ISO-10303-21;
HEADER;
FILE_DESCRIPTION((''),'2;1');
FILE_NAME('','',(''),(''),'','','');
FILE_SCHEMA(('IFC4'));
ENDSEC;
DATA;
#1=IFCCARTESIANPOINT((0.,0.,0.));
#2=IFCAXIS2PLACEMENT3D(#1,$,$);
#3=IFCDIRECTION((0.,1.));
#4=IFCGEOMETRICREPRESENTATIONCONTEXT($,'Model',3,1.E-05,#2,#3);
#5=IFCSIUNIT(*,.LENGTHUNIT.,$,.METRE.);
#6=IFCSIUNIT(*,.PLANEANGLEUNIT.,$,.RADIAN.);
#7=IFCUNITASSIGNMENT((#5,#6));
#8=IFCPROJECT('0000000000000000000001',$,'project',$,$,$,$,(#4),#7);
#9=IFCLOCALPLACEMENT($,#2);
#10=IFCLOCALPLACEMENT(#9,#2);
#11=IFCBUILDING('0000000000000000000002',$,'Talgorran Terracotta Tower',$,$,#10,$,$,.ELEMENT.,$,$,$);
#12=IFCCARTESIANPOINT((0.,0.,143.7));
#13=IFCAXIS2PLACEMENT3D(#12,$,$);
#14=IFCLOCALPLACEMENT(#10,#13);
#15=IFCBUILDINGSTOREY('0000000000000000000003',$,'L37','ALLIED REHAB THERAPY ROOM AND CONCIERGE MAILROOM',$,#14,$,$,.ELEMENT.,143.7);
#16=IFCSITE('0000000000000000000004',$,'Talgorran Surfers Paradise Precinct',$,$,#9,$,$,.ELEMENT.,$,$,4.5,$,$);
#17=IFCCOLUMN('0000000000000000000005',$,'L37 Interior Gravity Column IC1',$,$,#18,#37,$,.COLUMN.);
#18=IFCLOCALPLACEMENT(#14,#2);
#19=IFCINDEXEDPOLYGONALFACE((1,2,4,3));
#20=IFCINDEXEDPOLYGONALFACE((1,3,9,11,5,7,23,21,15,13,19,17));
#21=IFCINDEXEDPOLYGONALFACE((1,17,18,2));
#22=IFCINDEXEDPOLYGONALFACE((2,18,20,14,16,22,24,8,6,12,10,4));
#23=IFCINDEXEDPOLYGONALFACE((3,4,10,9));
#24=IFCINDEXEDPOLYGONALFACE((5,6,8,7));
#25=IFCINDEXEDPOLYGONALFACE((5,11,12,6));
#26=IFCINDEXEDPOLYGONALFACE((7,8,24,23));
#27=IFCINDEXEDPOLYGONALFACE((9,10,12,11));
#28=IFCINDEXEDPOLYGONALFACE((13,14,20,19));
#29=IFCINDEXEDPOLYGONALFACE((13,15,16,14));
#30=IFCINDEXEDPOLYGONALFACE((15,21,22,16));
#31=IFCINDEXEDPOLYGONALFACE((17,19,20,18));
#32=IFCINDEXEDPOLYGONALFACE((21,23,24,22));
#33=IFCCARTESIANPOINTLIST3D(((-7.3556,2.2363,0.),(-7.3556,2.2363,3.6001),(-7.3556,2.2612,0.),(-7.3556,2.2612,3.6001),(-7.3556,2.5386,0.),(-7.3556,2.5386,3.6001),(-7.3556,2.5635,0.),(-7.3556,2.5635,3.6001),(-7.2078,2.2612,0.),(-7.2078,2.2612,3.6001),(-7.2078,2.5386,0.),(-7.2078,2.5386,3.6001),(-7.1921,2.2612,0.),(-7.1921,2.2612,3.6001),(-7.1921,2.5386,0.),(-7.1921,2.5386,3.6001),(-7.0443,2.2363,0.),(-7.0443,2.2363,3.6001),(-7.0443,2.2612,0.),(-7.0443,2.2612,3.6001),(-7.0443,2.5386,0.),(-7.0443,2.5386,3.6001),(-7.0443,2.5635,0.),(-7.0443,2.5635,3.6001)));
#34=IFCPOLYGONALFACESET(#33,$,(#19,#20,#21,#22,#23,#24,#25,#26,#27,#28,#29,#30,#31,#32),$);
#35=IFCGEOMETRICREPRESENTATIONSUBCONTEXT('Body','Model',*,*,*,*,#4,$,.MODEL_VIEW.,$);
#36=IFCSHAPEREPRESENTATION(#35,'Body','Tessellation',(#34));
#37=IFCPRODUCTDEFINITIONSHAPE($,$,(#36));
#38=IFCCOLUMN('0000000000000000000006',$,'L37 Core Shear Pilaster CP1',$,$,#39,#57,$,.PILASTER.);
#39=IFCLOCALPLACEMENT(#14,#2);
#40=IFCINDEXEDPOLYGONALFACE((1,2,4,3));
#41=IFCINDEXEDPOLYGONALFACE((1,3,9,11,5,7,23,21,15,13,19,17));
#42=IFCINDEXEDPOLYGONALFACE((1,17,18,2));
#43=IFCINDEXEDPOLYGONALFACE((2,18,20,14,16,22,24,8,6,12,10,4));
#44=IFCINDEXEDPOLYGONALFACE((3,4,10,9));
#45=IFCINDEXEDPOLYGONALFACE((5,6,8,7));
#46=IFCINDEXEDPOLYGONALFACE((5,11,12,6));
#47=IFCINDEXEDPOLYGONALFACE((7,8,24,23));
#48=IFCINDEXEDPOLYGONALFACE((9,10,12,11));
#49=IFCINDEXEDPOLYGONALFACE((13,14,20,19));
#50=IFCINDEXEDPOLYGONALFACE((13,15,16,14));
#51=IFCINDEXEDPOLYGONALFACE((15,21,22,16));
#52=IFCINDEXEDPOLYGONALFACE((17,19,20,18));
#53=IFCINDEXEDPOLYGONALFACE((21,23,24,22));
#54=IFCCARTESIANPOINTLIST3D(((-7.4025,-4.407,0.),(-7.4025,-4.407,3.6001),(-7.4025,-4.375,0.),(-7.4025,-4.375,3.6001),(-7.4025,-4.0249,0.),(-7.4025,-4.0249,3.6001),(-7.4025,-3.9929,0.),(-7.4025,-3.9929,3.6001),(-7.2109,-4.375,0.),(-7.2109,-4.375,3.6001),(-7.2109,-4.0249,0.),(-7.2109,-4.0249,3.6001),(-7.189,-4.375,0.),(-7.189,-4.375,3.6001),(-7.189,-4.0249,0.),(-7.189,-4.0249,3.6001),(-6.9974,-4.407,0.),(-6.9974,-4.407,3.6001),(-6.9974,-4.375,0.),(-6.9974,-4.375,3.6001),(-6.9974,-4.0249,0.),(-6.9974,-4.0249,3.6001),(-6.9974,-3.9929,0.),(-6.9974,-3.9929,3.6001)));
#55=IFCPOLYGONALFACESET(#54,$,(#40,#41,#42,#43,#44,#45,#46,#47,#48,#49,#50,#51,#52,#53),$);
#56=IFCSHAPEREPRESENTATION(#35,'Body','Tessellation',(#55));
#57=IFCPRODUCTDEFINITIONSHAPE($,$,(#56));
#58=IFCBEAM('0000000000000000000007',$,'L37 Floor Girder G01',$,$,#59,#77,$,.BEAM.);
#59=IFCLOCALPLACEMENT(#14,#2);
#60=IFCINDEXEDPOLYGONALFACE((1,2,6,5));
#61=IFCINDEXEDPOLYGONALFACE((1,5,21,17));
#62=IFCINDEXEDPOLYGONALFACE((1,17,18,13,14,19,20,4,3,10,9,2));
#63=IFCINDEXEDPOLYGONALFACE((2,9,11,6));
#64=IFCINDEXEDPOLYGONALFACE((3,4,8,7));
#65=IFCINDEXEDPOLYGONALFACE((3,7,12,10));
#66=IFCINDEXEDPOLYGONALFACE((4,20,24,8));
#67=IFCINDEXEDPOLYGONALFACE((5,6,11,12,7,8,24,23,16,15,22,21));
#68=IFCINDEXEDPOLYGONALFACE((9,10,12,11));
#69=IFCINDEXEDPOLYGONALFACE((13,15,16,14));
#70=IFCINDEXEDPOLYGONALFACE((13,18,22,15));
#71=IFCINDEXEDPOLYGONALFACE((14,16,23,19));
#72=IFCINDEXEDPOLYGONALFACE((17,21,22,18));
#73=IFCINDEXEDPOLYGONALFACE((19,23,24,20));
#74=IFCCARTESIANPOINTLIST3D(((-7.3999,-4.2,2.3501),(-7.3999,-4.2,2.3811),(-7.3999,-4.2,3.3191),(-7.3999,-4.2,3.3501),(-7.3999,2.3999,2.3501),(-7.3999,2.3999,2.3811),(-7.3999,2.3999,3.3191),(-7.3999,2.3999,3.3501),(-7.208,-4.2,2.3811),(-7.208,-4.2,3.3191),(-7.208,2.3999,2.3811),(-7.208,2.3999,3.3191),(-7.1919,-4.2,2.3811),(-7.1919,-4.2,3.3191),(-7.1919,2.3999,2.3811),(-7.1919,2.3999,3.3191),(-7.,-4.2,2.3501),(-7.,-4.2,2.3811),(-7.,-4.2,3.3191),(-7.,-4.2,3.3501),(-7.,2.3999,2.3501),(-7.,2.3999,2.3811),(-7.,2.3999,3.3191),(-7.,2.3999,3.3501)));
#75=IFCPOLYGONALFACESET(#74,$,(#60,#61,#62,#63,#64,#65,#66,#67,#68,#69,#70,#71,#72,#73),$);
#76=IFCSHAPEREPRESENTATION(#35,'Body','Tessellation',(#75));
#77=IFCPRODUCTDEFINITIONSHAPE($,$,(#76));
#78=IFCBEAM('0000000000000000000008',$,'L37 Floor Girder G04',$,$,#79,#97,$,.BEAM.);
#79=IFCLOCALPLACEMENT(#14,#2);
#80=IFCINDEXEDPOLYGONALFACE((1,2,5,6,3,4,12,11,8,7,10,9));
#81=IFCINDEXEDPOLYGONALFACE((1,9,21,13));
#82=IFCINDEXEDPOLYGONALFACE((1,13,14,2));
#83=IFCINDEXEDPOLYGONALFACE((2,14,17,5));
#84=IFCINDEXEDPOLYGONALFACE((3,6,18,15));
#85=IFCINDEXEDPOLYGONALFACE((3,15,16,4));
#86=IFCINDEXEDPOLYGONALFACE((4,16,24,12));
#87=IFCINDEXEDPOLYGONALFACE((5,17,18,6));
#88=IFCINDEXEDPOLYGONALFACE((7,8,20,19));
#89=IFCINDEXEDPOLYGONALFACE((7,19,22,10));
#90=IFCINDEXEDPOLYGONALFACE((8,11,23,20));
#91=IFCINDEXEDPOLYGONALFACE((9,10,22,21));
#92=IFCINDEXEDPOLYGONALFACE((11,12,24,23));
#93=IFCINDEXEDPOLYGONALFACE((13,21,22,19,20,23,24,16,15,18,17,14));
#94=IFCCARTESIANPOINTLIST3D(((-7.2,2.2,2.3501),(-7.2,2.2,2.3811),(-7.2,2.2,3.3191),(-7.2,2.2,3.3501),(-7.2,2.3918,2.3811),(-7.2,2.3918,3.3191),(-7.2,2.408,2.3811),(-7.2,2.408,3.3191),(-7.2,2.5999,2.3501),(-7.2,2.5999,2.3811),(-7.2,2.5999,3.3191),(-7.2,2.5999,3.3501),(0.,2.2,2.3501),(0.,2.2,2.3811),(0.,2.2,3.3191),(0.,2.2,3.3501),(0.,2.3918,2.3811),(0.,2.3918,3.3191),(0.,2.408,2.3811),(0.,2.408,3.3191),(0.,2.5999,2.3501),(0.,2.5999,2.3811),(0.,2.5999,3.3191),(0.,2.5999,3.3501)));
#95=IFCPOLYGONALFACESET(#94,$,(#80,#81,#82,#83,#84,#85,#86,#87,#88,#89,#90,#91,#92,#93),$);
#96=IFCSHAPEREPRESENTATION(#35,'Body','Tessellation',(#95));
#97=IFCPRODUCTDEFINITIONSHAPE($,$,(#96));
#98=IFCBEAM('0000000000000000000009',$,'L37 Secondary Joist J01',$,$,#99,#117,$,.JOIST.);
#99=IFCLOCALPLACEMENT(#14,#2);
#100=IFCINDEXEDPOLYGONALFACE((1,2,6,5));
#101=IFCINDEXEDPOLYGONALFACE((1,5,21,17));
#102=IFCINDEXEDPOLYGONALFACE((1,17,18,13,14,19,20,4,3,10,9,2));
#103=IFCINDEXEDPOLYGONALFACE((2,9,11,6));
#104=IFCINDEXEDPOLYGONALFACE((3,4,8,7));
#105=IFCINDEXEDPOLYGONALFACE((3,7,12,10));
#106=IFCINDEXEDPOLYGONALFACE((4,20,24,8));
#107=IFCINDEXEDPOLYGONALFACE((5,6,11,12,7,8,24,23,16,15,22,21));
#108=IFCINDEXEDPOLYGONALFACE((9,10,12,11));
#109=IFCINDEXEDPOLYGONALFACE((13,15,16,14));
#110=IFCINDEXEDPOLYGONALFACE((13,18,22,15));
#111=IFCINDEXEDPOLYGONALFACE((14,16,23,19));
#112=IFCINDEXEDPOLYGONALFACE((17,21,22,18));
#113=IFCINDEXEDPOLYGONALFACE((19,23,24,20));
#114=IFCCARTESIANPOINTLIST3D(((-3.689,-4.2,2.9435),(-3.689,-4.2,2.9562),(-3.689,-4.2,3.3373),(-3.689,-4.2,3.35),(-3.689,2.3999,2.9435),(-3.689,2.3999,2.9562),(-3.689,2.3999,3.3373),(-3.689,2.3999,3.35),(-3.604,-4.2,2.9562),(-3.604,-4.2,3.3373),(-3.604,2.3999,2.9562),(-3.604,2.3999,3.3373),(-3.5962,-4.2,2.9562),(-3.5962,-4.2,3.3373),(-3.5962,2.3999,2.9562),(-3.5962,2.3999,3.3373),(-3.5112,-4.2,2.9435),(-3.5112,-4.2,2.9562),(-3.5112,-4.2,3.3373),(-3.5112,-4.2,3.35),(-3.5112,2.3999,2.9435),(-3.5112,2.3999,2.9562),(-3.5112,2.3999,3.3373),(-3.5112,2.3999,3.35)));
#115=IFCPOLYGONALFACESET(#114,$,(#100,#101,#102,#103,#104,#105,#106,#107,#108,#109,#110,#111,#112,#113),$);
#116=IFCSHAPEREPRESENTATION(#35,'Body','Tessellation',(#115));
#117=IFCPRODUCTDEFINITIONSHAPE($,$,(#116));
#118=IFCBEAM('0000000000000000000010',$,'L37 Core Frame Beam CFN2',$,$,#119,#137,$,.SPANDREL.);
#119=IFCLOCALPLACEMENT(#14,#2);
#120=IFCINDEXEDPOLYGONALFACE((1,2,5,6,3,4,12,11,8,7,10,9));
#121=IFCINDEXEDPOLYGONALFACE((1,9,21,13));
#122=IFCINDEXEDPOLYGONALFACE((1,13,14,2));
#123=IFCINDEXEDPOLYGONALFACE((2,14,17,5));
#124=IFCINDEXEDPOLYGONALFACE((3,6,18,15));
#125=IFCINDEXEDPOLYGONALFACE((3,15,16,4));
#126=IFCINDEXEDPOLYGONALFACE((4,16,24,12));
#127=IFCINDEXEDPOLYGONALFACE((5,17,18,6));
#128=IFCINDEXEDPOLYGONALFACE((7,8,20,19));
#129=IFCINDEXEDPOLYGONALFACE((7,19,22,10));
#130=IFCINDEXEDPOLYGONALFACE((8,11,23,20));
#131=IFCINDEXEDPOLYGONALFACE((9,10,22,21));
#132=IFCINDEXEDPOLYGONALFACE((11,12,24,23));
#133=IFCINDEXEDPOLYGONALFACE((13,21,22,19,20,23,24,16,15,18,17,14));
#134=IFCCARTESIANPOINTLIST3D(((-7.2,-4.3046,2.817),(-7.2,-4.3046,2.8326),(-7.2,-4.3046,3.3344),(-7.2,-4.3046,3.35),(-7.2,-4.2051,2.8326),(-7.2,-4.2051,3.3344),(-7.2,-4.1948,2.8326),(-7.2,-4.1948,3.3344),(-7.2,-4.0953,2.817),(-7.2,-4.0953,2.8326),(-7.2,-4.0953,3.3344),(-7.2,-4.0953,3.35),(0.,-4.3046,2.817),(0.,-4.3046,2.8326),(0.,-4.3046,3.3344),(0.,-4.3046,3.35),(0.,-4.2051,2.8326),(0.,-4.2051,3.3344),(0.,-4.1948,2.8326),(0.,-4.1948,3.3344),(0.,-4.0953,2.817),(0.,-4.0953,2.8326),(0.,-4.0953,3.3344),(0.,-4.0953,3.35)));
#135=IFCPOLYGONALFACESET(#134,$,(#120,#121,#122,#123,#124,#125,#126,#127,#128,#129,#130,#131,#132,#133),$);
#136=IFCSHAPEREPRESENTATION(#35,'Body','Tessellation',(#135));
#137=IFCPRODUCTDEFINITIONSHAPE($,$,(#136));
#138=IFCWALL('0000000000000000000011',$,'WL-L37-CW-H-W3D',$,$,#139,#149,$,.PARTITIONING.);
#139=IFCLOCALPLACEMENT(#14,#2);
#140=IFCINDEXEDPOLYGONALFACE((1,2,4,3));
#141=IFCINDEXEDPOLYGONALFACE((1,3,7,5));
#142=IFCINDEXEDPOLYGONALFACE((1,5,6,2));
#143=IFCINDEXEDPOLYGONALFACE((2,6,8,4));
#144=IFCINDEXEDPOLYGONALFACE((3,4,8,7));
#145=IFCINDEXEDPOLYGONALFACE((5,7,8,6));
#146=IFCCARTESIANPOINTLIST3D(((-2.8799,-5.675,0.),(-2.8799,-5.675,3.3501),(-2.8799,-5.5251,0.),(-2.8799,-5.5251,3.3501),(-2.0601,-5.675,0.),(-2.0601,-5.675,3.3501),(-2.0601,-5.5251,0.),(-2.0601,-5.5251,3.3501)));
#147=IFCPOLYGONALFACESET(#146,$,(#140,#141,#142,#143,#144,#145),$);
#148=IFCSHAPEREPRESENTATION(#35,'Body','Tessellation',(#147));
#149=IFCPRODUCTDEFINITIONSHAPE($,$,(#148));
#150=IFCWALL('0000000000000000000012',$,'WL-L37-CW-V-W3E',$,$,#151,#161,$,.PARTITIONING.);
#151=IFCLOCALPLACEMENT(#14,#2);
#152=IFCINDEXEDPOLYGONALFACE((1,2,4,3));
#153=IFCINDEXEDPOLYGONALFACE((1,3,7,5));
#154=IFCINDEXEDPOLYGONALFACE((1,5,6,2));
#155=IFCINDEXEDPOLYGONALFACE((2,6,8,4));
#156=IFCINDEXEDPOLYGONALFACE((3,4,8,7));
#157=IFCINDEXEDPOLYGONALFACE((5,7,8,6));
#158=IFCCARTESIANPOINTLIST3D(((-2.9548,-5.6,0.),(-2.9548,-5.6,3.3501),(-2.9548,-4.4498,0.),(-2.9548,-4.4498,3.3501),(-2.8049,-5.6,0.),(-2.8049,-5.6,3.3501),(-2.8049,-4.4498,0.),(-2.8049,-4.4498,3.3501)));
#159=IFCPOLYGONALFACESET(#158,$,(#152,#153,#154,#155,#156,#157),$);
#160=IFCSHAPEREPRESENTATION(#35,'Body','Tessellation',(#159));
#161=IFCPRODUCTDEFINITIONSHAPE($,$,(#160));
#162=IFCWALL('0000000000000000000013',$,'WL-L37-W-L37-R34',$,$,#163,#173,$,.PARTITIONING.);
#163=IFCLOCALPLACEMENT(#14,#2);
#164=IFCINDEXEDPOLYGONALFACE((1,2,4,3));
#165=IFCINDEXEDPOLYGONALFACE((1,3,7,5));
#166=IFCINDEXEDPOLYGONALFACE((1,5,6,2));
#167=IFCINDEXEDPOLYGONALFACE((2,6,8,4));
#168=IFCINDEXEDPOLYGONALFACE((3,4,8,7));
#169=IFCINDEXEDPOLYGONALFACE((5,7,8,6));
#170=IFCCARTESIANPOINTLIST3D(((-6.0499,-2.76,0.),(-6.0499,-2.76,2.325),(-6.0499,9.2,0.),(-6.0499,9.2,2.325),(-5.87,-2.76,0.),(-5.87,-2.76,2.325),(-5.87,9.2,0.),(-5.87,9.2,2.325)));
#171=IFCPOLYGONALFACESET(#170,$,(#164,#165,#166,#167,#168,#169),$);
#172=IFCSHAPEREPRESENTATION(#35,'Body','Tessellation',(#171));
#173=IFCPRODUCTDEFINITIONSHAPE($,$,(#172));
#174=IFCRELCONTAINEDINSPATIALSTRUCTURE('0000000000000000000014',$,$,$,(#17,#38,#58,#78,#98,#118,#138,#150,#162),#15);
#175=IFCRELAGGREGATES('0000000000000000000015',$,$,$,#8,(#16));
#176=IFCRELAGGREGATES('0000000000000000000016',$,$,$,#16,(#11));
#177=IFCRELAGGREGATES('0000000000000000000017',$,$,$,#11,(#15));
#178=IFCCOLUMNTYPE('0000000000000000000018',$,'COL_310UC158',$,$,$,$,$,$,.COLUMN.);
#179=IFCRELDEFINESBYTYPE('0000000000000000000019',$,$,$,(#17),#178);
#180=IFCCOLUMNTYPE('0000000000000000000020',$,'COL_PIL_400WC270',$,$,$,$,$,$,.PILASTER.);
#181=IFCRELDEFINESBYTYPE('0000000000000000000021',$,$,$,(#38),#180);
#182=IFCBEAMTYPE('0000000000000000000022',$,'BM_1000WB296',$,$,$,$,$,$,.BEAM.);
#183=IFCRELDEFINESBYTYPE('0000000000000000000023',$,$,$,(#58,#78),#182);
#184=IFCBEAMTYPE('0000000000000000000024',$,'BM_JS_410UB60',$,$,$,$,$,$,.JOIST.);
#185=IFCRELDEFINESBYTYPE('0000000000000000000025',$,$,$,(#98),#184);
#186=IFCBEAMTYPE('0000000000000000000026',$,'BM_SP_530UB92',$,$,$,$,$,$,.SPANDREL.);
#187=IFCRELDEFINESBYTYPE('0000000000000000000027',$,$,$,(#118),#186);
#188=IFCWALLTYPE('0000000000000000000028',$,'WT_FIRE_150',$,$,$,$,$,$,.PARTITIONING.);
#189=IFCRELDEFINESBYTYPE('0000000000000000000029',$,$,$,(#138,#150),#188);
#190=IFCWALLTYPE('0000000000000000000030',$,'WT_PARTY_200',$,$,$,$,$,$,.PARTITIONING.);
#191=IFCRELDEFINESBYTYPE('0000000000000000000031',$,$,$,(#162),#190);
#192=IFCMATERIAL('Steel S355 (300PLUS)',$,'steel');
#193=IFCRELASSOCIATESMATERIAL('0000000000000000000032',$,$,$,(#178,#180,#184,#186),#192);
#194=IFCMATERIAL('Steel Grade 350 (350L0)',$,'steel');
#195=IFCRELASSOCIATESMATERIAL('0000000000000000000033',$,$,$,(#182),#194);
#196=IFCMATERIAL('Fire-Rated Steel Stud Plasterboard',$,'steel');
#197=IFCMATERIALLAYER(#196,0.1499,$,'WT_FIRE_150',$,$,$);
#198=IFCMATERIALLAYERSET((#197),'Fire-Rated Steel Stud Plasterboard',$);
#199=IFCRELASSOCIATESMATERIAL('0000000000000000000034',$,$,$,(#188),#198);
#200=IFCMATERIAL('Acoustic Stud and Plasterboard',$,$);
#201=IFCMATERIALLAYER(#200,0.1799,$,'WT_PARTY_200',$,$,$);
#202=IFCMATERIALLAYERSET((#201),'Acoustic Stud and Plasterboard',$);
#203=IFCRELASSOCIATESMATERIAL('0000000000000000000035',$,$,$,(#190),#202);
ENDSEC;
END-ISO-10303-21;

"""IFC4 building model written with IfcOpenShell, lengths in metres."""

from ifc_helpers import new_model, si_unit, direction, frame, frame_2d, origin, origin_2d, place, context, subcontext, project, spatial, rectangle, i_section, extrude, material, layer, layer_set, material_profile, profile_set, type_object, element, save


model = new_model("IFC4")

# Units and contexts
model_context = context("Model", 3, precision=1e-05, world=origin(), true_north=direction((0.0, 1.0)))
body_context = subcontext(model_context, "Body", "Model", "MODEL_VIEW")
ifc_project = project(units=[si_unit("LENGTHUNIT", "METRE"), si_unit("PLANEANGLEUNIT", "RADIAN")], contexts=[model_context])

# Site, building, storey
site_placement = place(None, origin())
site = spatial("IfcSite", under=ifc_project, at=site_placement, Name="Talgorran Surfers Paradise Precinct", CompositionType="ELEMENT", RefElevation=4.5)
building_placement = place(site_placement, origin())
building = spatial("IfcBuilding", under=site, at=building_placement, Name="Talgorran Terracotta Tower", CompositionType="ELEMENT")
storey_placement = place(building_placement, frame((0.0, 0.0, 143.7)))
storey = spatial("IfcBuildingStorey", under=building, at=storey_placement, Name="L37", Description="ALLIED REHAB THERAPY ROOM AND CONCIERGE MAILROOM", CompositionType="ELEMENT", Elevation=143.7)

# Columns
ifc_material_1 = material(Name="Steel S355 (300PLUS)", Category="steel")
ifc_material_profile_1 = material_profile(ifc_material_1, i_section(OverallWidth=0.3113, OverallDepth=0.3271, WebThickness=0.0156, FlangeThickness=0.0249, at=origin_2d()), Name="310UC158")
ifc_profile_set_1 = profile_set([ifc_material_profile_1], Name="Steel S355 (300PLUS)")
column_type_1 = type_object("IfcColumnType", Name="COL_310UC158", PredefinedType="COLUMN", material=ifc_profile_set_1)
column_1_placement = place(storey_placement, frame((-7.2, 2.3999, 0.0), z_axis=(0.0, 0.0, 1.0), x_axis=(1.0, 0.0, 0.0)))
element("IfcColumn", 1, at=column_1_placement, inside=storey, type_object=column_type_1, Name="L37 Interior Gravity Column IC1", PredefinedType="COLUMN", context=body_context, shape_type="SweptSolid", body=[
    extrude(i_section(OverallWidth=0.3113, OverallDepth=0.3271, WebThickness=0.0156, FlangeThickness=0.0249, at=origin_2d()), origin(), (0.0, 0.0, 1.0), 3.6001),
])
ifc_material_profile_2 = material_profile(ifc_material_1, i_section(OverallWidth=0.405, OverallDepth=0.4141, WebThickness=0.022, FlangeThickness=0.032, at=origin_2d()), Name="400WC270")
ifc_profile_set_2 = profile_set([ifc_material_profile_2], Name="Steel S355 (300PLUS)")
column_type_2 = type_object("IfcColumnType", Name="COL_PIL_400WC270", PredefinedType="PILASTER", material=ifc_profile_set_2)
column_2_placement = place(storey_placement, frame((-7.2, -4.2, 0.0), z_axis=(0.0, 0.0, 1.0), x_axis=(1.0, 0.0, 0.0)))
element("IfcColumn", 2, at=column_2_placement, inside=storey, type_object=column_type_2, Name="L37 Core Shear Pilaster CP1", PredefinedType="PILASTER", context=body_context, shape_type="SweptSolid", body=[
    extrude(i_section(OverallWidth=0.405, OverallDepth=0.4141, WebThickness=0.022, FlangeThickness=0.032, at=origin_2d()), origin(), (0.0, 0.0, 1.0), 3.6001),
])

# Beams
ifc_material_2 = material(Name="Steel Grade 350 (350L0)", Category="steel")
ifc_material_profile_3 = material_profile(ifc_material_2, i_section(OverallWidth=0.3999, OverallDepth=1.0, WebThickness=0.0161, FlangeThickness=0.031, at=origin_2d()), Name="1000WB296")
ifc_profile_set_3 = profile_set([ifc_material_profile_3], Name="Steel Grade 350 (350L0)")
beam_type_1 = type_object("IfcBeamType", Name="BM_1000WB296", PredefinedType="BEAM", material=ifc_profile_set_3)
beam_1_placement = place(storey_placement, frame((-7.2, -4.2, 2.8501), z_axis=(0.0, 1.0, 0.0), x_axis=(-1.0, 0.0, 0.0)))
element("IfcBeam", 3, at=beam_1_placement, inside=storey, type_object=beam_type_1, Name="L37 Floor Girder G01", PredefinedType="BEAM", context=body_context, shape_type="SweptSolid", body=[
    extrude(i_section(OverallWidth=0.3999, OverallDepth=1.0, WebThickness=0.0161, FlangeThickness=0.031, at=origin_2d()), origin(), (0.0, 0.0, 1.0), 6.5999),
])
beam_2_placement = place(storey_placement, frame((-7.2, 2.3999, 2.8501), z_axis=(1.0, 0.0, 0.0), x_axis=(0.0, 1.0, 0.0)))
element("IfcBeam", 4, at=beam_2_placement, inside=storey, type_object=beam_type_1, Name="L37 Floor Girder G04", PredefinedType="BEAM", context=body_context, shape_type="SweptSolid", body=[
    extrude(i_section(OverallWidth=0.3999, OverallDepth=1.0, WebThickness=0.0161, FlangeThickness=0.031, at=origin_2d()), origin(), (0.0, 0.0, 1.0), 7.2),
])
ifc_material_profile_4 = material_profile(ifc_material_1, i_section(OverallWidth=0.1777, OverallDepth=0.4065, WebThickness=0.0078, FlangeThickness=0.0127, at=origin_2d()), Name="410UB59.7")
ifc_profile_set_4 = profile_set([ifc_material_profile_4], Name="Steel S355 (300PLUS)")
beam_type_2 = type_object("IfcBeamType", Name="BM_JS_410UB60", PredefinedType="JOIST", material=ifc_profile_set_4)
beam_3_placement = place(storey_placement, frame((-3.6001, -4.2, 3.1467), z_axis=(0.0, 1.0, 0.0), x_axis=(-1.0, 0.0, 0.0)))
element("IfcBeam", 5, at=beam_3_placement, inside=storey, type_object=beam_type_2, Name="L37 Secondary Joist J01", PredefinedType="JOIST", context=body_context, shape_type="SweptSolid", body=[
    extrude(i_section(OverallWidth=0.1777, OverallDepth=0.4065, WebThickness=0.0078, FlangeThickness=0.0127, at=origin_2d()), origin(), (0.0, 0.0, 1.0), 6.5999),
])
ifc_material_profile_5 = material_profile(ifc_material_1, i_section(OverallWidth=0.2092, OverallDepth=0.533, WebThickness=0.0103, FlangeThickness=0.0156, at=origin_2d()), Name="530UB92.4")
ifc_profile_set_5 = profile_set([ifc_material_profile_5], Name="Steel S355 (300PLUS)")
beam_type_3 = type_object("IfcBeamType", Name="BM_SP_530UB92", PredefinedType="SPANDREL", material=ifc_profile_set_5)
beam_4_placement = place(storey_placement, frame((-7.2, -4.2, 3.0835), z_axis=(1.0, 0.0, 0.0), x_axis=(0.0, 1.0, 0.0)))
element("IfcBeam", 6, at=beam_4_placement, inside=storey, type_object=beam_type_3, Name="L37 Core Frame Beam CFN2", PredefinedType="SPANDREL", context=body_context, shape_type="SweptSolid", body=[
    extrude(i_section(OverallWidth=0.2092, OverallDepth=0.533, WebThickness=0.0103, FlangeThickness=0.0156, at=origin_2d()), origin(), (0.0, 0.0, 1.0), 7.2),
])

# Walls
ifc_material_3 = material(Name="Fire-Rated Steel Stud Plasterboard", Category="steel")
ifc_layer_1 = layer(ifc_material_3, 0.1499, Name="WT_FIRE_150")
ifc_layer_set_1 = layer_set([ifc_layer_1], Name="Fire-Rated Steel Stud Plasterboard")
wall_type_1 = type_object("IfcWallType", Name="WT_FIRE_150", PredefinedType="PARTITIONING", material=ifc_layer_set_1)
wall_1_placement = place(storey_placement, frame((-2.8799, -5.6001, 0.0), z_axis=(0.0, 0.0, 1.0), x_axis=(1.0, 0.0, 0.0)))
element("IfcWall", 7, at=wall_1_placement, inside=storey, type_object=wall_type_1, Name="WL-L37-CW-H-W3D", PredefinedType="PARTITIONING", context=body_context, shape_type="SweptSolid", body=[
    extrude(rectangle(XDim=0.8198, YDim=0.1499, at=frame_2d((0.4099, 0.0))), origin(), (0.0, 0.0, 1.0), 3.3501),
])
wall_2_placement = place(storey_placement, frame((-2.8799, -5.6001, 0.0), z_axis=(0.0, 0.0, 1.0), x_axis=(0.0, 1.0, 0.0)))
element("IfcWall", 8, at=wall_2_placement, inside=storey, type_object=wall_type_1, Name="WL-L37-CW-V-W3E", PredefinedType="PARTITIONING", context=body_context, shape_type="SweptSolid", body=[
    extrude(rectangle(XDim=1.1501, YDim=0.1499, at=frame_2d((0.5752, 0.0))), origin(), (0.0, 0.0, 1.0), 3.3501),
])
ifc_material_4 = material(Name="Acoustic Stud and Plasterboard")
ifc_layer_2 = layer(ifc_material_4, 0.1799, Name="WT_PARTY_200")
ifc_layer_set_2 = layer_set([ifc_layer_2], Name="Acoustic Stud and Plasterboard")
wall_type_2 = type_object("IfcWallType", Name="WT_PARTY_200", PredefinedType="PARTITIONING", material=ifc_layer_set_2)
wall_3_placement = place(storey_placement, frame((-5.96, -2.76, 0.0), z_axis=(0.0, 0.0, 1.0), x_axis=(0.0, 1.0, 0.0)))
element("IfcWall", 9, at=wall_3_placement, inside=storey, type_object=wall_type_2, Name="WL-L37-W-L37-R34", PredefinedType="PARTITIONING", context=body_context, shape_type="SweptSolid", body=[
    extrude(rectangle(XDim=11.96, YDim=0.1799, at=frame_2d((5.98, 0.0))), origin(), (0.0, 0.0, 1.0), 2.325),
])

save(model, "model.ifc")
